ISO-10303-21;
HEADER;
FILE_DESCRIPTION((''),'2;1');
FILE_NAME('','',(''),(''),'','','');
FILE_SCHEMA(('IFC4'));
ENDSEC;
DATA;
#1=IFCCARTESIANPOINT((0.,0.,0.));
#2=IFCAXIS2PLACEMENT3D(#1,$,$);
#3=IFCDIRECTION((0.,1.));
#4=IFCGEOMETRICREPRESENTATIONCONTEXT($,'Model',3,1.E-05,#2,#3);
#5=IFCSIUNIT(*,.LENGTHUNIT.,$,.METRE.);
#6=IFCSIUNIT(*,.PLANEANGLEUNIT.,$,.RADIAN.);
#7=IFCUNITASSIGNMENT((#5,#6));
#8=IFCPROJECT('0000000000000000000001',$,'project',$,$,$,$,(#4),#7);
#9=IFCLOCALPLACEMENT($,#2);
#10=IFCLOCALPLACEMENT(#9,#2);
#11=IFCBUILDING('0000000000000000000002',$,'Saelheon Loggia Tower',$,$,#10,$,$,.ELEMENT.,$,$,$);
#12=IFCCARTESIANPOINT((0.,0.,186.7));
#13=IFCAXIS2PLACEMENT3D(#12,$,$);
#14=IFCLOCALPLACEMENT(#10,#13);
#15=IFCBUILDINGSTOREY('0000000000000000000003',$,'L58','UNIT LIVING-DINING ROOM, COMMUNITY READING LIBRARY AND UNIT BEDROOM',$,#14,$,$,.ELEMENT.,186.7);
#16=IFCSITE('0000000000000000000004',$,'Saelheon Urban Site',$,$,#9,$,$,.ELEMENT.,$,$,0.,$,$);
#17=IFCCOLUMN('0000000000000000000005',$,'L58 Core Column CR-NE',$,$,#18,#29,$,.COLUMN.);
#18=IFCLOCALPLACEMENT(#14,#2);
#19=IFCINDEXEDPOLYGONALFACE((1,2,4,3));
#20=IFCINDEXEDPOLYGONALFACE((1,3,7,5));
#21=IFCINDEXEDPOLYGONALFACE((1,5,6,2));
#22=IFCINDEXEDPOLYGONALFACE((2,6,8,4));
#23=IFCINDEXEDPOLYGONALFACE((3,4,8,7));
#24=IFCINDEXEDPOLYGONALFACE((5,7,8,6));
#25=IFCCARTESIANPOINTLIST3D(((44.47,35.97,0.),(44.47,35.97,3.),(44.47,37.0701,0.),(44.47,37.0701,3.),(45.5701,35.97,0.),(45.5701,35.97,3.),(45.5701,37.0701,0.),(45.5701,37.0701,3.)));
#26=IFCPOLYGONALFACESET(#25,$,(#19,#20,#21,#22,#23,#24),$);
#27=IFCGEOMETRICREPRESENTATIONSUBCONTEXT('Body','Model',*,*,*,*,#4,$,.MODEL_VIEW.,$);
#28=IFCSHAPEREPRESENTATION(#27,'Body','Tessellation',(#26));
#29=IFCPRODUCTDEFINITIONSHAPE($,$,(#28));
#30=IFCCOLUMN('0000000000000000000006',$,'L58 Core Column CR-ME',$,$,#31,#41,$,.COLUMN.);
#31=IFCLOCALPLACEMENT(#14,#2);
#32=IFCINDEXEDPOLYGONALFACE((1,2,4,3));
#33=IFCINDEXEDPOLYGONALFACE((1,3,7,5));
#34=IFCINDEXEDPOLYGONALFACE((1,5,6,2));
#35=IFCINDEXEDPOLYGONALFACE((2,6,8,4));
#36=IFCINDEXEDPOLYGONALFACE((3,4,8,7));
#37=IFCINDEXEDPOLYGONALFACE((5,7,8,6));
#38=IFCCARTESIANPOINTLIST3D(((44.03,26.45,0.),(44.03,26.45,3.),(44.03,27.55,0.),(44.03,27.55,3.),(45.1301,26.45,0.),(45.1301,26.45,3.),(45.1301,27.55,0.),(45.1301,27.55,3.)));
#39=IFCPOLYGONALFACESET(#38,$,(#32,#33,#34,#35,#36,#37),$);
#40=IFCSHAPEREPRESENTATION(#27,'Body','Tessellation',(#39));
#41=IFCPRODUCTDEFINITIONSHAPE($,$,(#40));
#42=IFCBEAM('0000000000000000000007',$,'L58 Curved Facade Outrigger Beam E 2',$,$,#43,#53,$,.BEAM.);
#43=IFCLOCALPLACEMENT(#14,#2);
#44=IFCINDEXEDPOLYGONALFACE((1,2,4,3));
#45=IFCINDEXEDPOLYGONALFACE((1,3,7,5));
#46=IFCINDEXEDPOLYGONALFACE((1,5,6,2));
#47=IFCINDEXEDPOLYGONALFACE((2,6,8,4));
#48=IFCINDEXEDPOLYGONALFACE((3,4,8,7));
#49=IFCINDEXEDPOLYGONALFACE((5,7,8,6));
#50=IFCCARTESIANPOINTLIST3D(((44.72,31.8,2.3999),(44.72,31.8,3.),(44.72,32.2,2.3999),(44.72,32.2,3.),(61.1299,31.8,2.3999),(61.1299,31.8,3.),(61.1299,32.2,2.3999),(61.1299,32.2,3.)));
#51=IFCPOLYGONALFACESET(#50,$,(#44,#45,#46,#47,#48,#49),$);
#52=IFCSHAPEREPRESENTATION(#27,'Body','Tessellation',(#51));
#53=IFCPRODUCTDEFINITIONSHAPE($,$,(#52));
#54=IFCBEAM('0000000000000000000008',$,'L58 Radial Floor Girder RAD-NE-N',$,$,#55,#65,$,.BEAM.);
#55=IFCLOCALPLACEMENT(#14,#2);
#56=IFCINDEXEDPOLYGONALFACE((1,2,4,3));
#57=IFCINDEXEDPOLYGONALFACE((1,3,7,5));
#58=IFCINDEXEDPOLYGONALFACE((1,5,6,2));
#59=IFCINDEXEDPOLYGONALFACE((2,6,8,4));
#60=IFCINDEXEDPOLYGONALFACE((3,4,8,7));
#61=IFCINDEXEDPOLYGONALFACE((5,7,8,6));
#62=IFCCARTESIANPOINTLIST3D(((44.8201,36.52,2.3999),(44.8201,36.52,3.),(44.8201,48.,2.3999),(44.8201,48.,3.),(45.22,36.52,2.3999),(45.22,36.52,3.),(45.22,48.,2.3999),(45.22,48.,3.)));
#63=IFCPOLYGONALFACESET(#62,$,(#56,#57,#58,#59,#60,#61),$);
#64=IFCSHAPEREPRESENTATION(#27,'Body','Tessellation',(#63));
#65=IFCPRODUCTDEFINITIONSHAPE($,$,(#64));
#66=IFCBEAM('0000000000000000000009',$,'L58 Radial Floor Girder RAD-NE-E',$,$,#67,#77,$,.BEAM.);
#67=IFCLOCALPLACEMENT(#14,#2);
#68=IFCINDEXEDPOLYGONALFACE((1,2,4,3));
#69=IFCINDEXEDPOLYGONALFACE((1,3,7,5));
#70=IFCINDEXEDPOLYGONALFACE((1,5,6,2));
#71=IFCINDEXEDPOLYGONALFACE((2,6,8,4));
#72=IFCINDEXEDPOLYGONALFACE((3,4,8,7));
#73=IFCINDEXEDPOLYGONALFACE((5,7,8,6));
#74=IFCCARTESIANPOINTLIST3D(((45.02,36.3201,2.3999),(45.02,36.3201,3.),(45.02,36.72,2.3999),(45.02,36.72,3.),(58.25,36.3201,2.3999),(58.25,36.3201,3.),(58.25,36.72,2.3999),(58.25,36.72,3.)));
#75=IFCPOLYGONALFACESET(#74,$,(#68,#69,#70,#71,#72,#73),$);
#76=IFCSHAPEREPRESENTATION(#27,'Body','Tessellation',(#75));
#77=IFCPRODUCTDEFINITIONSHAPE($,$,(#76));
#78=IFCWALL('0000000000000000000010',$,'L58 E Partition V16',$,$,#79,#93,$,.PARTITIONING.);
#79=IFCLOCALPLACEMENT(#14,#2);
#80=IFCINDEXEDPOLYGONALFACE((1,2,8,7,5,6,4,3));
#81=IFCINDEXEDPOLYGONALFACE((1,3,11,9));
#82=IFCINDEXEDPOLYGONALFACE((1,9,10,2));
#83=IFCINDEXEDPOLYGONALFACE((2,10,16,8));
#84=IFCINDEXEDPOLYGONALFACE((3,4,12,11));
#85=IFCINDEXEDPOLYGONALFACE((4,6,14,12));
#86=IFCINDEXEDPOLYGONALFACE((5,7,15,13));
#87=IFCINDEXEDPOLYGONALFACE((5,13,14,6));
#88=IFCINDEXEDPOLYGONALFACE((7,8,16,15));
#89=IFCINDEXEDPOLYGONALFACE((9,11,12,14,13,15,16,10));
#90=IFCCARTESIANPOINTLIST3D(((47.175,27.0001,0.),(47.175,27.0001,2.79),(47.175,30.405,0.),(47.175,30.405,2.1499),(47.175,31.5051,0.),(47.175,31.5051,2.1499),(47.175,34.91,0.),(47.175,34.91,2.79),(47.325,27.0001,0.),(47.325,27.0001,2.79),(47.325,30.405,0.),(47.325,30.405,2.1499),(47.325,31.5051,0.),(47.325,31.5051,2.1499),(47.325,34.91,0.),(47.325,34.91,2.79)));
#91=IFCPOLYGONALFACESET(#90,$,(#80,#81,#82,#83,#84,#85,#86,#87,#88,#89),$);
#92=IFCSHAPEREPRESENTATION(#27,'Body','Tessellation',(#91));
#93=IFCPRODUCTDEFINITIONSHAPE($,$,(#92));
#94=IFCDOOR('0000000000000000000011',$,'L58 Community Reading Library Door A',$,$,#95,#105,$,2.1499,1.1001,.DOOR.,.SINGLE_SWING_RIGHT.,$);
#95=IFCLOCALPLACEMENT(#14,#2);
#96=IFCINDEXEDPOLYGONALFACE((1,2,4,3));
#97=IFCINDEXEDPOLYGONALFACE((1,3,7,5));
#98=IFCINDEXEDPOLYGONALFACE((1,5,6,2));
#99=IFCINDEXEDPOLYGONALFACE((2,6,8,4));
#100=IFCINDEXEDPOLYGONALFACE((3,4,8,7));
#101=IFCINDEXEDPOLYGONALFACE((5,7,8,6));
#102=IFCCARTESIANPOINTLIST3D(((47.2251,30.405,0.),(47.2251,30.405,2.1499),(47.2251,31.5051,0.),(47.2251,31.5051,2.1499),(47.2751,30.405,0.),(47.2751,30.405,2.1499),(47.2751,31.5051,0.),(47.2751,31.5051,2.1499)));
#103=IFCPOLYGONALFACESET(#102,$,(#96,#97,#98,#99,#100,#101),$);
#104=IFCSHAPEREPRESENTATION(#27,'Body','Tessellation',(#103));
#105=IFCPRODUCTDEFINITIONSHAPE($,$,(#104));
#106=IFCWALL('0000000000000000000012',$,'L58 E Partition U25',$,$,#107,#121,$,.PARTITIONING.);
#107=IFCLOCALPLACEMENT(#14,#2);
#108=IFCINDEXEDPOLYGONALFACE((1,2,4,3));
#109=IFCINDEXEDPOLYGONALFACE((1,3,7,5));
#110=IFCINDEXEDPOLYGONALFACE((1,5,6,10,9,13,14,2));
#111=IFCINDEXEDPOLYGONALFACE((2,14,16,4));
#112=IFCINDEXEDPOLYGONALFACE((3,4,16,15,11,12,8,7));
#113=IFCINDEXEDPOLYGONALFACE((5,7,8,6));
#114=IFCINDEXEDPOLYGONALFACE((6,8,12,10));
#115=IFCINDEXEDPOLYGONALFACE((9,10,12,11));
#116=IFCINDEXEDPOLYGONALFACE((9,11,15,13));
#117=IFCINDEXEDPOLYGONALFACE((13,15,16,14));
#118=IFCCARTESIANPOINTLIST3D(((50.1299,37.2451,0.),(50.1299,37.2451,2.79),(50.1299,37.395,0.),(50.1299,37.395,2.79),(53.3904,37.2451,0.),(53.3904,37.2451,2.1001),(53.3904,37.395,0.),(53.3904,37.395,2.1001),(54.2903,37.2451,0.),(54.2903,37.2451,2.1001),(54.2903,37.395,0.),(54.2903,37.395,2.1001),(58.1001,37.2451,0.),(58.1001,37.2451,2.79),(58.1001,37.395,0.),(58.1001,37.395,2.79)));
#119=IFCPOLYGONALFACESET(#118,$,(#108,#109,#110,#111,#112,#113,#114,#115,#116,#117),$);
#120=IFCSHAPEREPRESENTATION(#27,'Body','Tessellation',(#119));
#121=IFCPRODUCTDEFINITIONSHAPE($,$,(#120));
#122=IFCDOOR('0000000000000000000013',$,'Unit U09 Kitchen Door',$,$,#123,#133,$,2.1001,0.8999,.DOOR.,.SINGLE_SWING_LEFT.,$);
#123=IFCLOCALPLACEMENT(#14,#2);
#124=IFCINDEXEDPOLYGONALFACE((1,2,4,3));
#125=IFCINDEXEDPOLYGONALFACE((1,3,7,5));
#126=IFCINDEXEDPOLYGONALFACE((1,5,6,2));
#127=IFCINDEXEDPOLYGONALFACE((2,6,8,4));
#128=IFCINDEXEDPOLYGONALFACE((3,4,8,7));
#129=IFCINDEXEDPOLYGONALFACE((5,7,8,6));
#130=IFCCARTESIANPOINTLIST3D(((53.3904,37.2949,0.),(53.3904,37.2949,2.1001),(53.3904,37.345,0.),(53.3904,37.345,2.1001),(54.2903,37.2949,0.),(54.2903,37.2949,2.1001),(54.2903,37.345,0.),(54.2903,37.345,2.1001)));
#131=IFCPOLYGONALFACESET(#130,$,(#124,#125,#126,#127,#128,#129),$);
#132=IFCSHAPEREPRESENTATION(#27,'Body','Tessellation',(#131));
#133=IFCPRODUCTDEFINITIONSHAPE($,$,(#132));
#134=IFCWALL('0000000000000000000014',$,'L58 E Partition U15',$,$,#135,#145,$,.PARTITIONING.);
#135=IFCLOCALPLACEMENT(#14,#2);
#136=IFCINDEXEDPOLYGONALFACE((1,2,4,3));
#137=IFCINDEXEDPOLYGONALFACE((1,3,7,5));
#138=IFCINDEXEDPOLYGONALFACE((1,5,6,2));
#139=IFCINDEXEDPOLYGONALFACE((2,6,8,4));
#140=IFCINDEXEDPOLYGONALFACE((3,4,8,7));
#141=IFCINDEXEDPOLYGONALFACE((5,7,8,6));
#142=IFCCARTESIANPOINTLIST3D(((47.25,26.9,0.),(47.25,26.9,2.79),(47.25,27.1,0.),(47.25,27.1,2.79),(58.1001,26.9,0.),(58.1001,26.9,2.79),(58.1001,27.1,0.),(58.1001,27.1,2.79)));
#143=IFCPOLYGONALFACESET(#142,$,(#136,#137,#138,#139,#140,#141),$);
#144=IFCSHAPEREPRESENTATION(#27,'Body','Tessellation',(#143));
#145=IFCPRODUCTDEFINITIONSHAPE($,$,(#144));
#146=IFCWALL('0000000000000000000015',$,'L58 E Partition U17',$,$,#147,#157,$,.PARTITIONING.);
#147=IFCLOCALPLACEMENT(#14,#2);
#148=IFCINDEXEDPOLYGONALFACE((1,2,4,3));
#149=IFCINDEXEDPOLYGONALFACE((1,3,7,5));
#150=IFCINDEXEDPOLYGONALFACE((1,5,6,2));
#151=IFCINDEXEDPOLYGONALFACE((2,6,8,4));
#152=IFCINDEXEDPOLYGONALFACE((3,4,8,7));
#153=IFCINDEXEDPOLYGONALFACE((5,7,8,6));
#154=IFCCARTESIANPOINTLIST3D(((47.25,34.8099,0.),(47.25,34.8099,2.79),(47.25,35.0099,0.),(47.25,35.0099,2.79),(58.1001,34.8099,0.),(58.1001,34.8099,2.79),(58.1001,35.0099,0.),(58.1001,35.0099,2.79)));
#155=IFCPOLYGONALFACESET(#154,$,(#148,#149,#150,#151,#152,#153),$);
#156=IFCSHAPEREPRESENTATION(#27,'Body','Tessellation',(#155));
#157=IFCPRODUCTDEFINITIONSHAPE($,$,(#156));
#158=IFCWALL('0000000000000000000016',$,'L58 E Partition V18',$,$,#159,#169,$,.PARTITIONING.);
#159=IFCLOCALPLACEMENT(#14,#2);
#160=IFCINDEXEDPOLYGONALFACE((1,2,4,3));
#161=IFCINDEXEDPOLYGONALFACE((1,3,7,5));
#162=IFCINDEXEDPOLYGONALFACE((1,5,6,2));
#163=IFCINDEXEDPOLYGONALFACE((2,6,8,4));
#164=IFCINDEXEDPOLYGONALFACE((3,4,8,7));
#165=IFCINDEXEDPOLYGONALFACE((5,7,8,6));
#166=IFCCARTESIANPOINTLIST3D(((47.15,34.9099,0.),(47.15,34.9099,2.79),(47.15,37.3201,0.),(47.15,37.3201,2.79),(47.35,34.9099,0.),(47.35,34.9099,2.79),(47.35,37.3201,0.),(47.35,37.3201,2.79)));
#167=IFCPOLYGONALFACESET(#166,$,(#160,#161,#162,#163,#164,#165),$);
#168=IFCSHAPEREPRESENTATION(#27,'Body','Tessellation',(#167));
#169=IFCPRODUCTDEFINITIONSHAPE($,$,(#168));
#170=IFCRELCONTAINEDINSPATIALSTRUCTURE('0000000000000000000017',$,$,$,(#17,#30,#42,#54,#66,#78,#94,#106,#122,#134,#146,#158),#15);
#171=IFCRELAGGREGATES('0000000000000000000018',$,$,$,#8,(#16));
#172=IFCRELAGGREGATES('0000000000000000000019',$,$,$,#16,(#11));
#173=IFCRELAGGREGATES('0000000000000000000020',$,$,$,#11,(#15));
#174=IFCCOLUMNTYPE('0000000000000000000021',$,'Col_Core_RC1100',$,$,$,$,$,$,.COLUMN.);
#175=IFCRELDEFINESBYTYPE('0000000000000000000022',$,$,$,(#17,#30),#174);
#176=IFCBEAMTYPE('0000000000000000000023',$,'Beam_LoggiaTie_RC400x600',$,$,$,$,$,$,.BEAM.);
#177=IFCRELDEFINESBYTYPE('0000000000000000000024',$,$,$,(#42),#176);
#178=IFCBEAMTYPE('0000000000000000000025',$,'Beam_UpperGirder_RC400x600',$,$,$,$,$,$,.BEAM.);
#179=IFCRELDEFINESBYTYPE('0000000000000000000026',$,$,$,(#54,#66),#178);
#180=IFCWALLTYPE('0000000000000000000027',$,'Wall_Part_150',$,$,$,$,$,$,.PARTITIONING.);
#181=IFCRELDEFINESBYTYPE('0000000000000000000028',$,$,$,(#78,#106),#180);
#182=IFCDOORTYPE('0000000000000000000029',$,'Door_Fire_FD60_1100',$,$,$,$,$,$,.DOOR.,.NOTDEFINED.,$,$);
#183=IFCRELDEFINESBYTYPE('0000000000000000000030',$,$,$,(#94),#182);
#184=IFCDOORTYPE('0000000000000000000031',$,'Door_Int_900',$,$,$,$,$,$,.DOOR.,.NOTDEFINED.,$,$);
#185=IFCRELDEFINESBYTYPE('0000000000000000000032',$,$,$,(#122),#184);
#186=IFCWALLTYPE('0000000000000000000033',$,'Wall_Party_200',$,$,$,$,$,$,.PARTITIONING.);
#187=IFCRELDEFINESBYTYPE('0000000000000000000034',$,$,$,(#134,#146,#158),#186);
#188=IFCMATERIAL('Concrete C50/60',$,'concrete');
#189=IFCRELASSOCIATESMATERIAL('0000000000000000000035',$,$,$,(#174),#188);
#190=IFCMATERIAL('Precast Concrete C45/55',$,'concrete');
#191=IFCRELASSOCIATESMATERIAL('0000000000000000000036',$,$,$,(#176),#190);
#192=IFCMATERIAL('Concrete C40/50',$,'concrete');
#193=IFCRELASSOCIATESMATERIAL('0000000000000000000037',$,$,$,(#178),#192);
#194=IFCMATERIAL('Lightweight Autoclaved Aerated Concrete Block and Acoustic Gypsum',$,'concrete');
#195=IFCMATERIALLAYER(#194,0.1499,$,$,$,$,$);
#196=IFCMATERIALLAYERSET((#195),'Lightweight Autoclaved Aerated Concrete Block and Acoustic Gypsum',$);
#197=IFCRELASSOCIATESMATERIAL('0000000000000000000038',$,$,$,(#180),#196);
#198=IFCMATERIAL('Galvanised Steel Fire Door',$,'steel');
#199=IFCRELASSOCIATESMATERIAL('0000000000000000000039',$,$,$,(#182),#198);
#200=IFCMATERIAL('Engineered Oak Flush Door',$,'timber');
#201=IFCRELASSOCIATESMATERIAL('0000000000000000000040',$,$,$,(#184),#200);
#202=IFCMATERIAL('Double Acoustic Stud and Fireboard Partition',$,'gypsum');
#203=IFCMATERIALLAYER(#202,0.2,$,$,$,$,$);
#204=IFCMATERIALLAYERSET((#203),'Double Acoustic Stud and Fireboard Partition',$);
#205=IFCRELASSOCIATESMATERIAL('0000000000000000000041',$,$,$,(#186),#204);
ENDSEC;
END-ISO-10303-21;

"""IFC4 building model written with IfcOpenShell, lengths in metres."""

from ifc_helpers import new_model, si_unit, direction, frame, frame_2d, origin, origin_2d, place, context, subcontext, project, spatial, rectangle, extrude, source, transform, mapped, material, layer, layer_set, material_profile, profile_set, type_object, element, fill, save


model = new_model("IFC4")

# Units and contexts
model_context = context("Model", 3, precision=1e-05, world=origin(), true_north=direction((0.0, 1.0)))
body_context = subcontext(model_context, "Body", "Model", "MODEL_VIEW")
ifc_project = project(units=[si_unit("LENGTHUNIT", "METRE"), si_unit("PLANEANGLEUNIT", "RADIAN")], contexts=[model_context])

# Site, building, storey
site_placement = place(None, origin())
site = spatial("IfcSite", under=ifc_project, at=site_placement, Name="Saelheon Urban Site", CompositionType="ELEMENT", RefElevation=0.0)
building_placement = place(site_placement, origin())
building = spatial("IfcBuilding", under=site, at=building_placement, Name="Saelheon Loggia Tower", CompositionType="ELEMENT")
storey_placement = place(building_placement, frame((0.0, 0.0, 186.7)))
storey = spatial("IfcBuildingStorey", under=building, at=storey_placement, Name="L58", Description="UNIT LIVING-DINING ROOM, COMMUNITY READING LIBRARY AND UNIT BEDROOM", CompositionType="ELEMENT", Elevation=186.7)

# Columns
ifc_material_1 = material(Name="Concrete C50/60", Category="concrete")
ifc_material_profile_1 = material_profile(ifc_material_1, rectangle(XDim=1.1001, YDim=1.1001, at=origin_2d()), Name="RC-1100x1100")
ifc_profile_set_1 = profile_set([ifc_material_profile_1], Name="Concrete C50/60")
column_type = type_object("IfcColumnType", Name="Col_Core_RC1100", PredefinedType="COLUMN", material=ifc_profile_set_1)
shared_shape_1 = source(origin(), body_context, "Body", "SweptSolid", [
    extrude(rectangle(XDim=1.1001, YDim=1.1001, at=origin_2d()), origin(), (0.0, 0.0, 1.0), 3.0),
])
for number, where, z_axis, x_axis, name in (
    (1, (45.02, 36.52, 0.0), (0.0, 0.0, 1.0), (1.0, 0.0, 0.0), "L58 Core Column CR-NE"),
    (2, (44.5801, 27.0, 0.0), (0.0, 0.0, 1.0), (1.0, 0.0, 0.0), "L58 Core Column CR-ME"),
):
    element("IfcColumn", number, at=place(storey_placement, frame(where, z_axis=z_axis, x_axis=x_axis)), inside=storey, type_object=column_type, Name=name, PredefinedType="COLUMN", context=body_context, shape_type="MappedRepresentation", body=[
        mapped(shared_shape_1, transform((0.0, 0.0, 0.0), scale=1.0)),
    ])

# Beams
ifc_material_2 = material(Name="Precast Concrete C45/55", Category="concrete")
ifc_material_profile_2 = material_profile(ifc_material_2, rectangle(XDim=0.3999, YDim=0.6001, at=origin_2d()), Name="RC-400x600")
ifc_profile_set_2 = profile_set([ifc_material_profile_2], Name="Precast Concrete C45/55")
beam_type_1 = type_object("IfcBeamType", Name="Beam_LoggiaTie_RC400x600", PredefinedType="BEAM", material=ifc_profile_set_2)
shared_shape_2 = source(origin(), body_context, "Body", "SweptSolid", [
    extrude(rectangle(XDim=0.3999, YDim=0.6001, at=origin_2d()), origin(), (0.0, 0.0, 1.0), 16.4099),
])
beam_1_placement = place(storey_placement, frame((44.72, 32.0, 2.7), z_axis=(1.0, 0.0, 0.0), x_axis=(0.0, 1.0, 0.0)))
element("IfcBeam", 3, at=beam_1_placement, inside=storey, type_object=beam_type_1, Name="L58 Curved Facade Outrigger Beam E 2", PredefinedType="BEAM", context=body_context, shape_type="MappedRepresentation", body=[
    mapped(shared_shape_2, transform((0.0, 0.0, 0.0), scale=1.0)),
])
ifc_material_3 = material(Name="Concrete C40/50", Category="concrete")
ifc_material_profile_3 = material_profile(ifc_material_3, rectangle(XDim=0.3999, YDim=0.6001, at=origin_2d()), Name="RC-400x600")
ifc_profile_set_3 = profile_set([ifc_material_profile_3], Name="Concrete C40/50")
beam_type_2 = type_object("IfcBeamType", Name="Beam_UpperGirder_RC400x600", PredefinedType="BEAM", material=ifc_profile_set_3)
shared_shape_3 = source(origin(), body_context, "Body", "SweptSolid", [
    extrude(rectangle(XDim=0.3999, YDim=0.6001, at=origin_2d()), origin(), (0.0, 0.0, 1.0), 11.48),
])
beam_2_placement = place(storey_placement, frame((45.02, 36.52, 2.7), z_axis=(0.0, 1.0, 0.0), x_axis=(-1.0, 0.0, 0.0)))
element("IfcBeam", 4, at=beam_2_placement, inside=storey, type_object=beam_type_2, Name="L58 Radial Floor Girder RAD-NE-N", PredefinedType="BEAM", context=body_context, shape_type="MappedRepresentation", body=[
    mapped(shared_shape_3, transform((0.0, 0.0, 0.0), scale=1.0)),
])
shared_shape_4 = source(origin(), body_context, "Body", "SweptSolid", [
    extrude(rectangle(XDim=0.3999, YDim=0.6001, at=origin_2d()), origin(), (0.0, 0.0, 1.0), 13.23),
])
beam_3_placement = place(storey_placement, frame((45.02, 36.52, 2.7), z_axis=(1.0, 0.0, 0.0), x_axis=(0.0, 1.0, 0.0)))
element("IfcBeam", 5, at=beam_3_placement, inside=storey, type_object=beam_type_2, Name="L58 Radial Floor Girder RAD-NE-E", PredefinedType="BEAM", context=body_context, shape_type="MappedRepresentation", body=[
    mapped(shared_shape_4, transform((0.0, 0.0, 0.0), scale=1.0)),
])

# Walls, openings, doors
ifc_material_4 = material(Name="Lightweight Autoclaved Aerated Concrete Block and Acoustic Gypsum", Category="concrete")
ifc_layer_1 = layer(ifc_material_4, 0.1499)
ifc_layer_set_1 = layer_set([ifc_layer_1], Name="Lightweight Autoclaved Aerated Concrete Block and Acoustic Gypsum")
wall_type_1 = type_object("IfcWallType", Name="Wall_Part_150", PredefinedType="PARTITIONING", material=ifc_layer_set_1)
wall_1_placement = place(storey_placement, frame((47.25, 27.0, 0.0), z_axis=(0.0, 0.0, 1.0), x_axis=(0.0, 1.0, 0.0)))
wall_1 = element("IfcWall", 6, at=wall_1_placement, inside=storey, type_object=wall_type_1, Name="L58 E Partition V16", PredefinedType="PARTITIONING", context=body_context, shape_type="SweptSolid", body=[
    extrude(rectangle(XDim=7.9099, YDim=0.1499, at=frame_2d((3.9551, 0.0))), origin(), (0.0, 0.0, 1.0), 2.79),
])
opening_1_placement = place(wall_1_placement, frame((3.405, 0.0, 0.0)))
opening_1 = element("IfcOpeningElement", 7, at=opening_1_placement, cuts=wall_1, PredefinedType="OPENING", context=body_context, shape_type="SweptSolid", body=[
    extrude(rectangle(XDim=1.1001, YDim=2.1499, at=frame_2d((0.55, 1.075))), frame((0.0, 0.0869, 0.0), z_axis=(0.0, -1.0, 0.0), x_axis=(1.0, 0.0, 0.0)), (0.0, 0.0, 1.0), 0.1738),
])
ifc_material_5 = material(Name="Galvanised Steel Fire Door", Category="steel")
door_type_1 = type_object("IfcDoorType", Name="Door_Fire_FD60_1100", OperationType="NOTDEFINED", PredefinedType="DOOR", material=ifc_material_5)
shared_shape_5 = source(origin(), body_context, "Body", "SweptSolid", [
    extrude(rectangle(XDim=1.1001, YDim=2.1499, at=frame_2d((0.55, 1.075))), frame((0.0, 0.0249, 0.0), z_axis=(0.0, -1.0, 0.0), x_axis=(1.0, 0.0, 0.0)), (0.0, 0.0, 1.0), 0.05),
])
door_1_placement = place(opening_1_placement, origin())
door_1 = element("IfcDoor", 8, at=door_1_placement, inside=storey, type_object=door_type_1, Name="L58 Community Reading Library Door A", OperationType="SINGLE_SWING_RIGHT", OverallHeight=2.1499, OverallWidth=1.1001, PredefinedType="DOOR", context=body_context, shape_type="MappedRepresentation", body=[
    mapped(shared_shape_5, transform((0.0, 0.0, 0.0), scale=1.0)),
])
fill(opening_1, door_1)
wall_2_placement = place(storey_placement, frame((50.1299, 37.3201, 0.0), z_axis=(0.0, 0.0, 1.0), x_axis=(1.0, 0.0, 0.0)))
wall_2 = element("IfcWall", 9, at=wall_2_placement, inside=storey, type_object=wall_type_1, Name="L58 E Partition U25", PredefinedType="PARTITIONING", context=body_context, shape_type="SweptSolid", body=[
    extrude(rectangle(XDim=7.9702, YDim=0.1499, at=frame_2d((3.9851, 0.0))), origin(), (0.0, 0.0, 1.0), 2.79),
])
opening_2_placement = place(wall_2_placement, frame((3.2605, 0.0, 0.0)))
opening_2 = element("IfcOpeningElement", 10, at=opening_2_placement, cuts=wall_2, PredefinedType="OPENING", context=body_context, shape_type="SweptSolid", body=[
    extrude(rectangle(XDim=0.8999, YDim=2.1001, at=frame_2d((0.45, 1.05))), frame((0.0, 0.0869, 0.0), z_axis=(0.0, -1.0, 0.0), x_axis=(1.0, 0.0, 0.0)), (0.0, 0.0, 1.0), 0.1738),
])
ifc_material_6 = material(Name="Engineered Oak Flush Door", Category="timber")
door_type_2 = type_object("IfcDoorType", Name="Door_Int_900", OperationType="NOTDEFINED", PredefinedType="DOOR", material=ifc_material_6)
shared_shape_6 = source(origin(), body_context, "Body", "SweptSolid", [
    extrude(rectangle(XDim=0.8999, YDim=2.1001, at=frame_2d((0.45, 1.05))), frame((0.0, 0.0249, 0.0), z_axis=(0.0, -1.0, 0.0), x_axis=(1.0, 0.0, 0.0)), (0.0, 0.0, 1.0), 0.05),
])
door_2_placement = place(opening_2_placement, origin())
door_2 = element("IfcDoor", 11, at=door_2_placement, inside=storey, type_object=door_type_2, Name="Unit U09 Kitchen Door", OperationType="SINGLE_SWING_LEFT", OverallHeight=2.1001, OverallWidth=0.8999, PredefinedType="DOOR", context=body_context, shape_type="MappedRepresentation", body=[
    mapped(shared_shape_6, transform((0.0, 0.0, 0.0), scale=1.0)),
])
fill(opening_2, door_2)
ifc_material_7 = material(Name="Double Acoustic Stud and Fireboard Partition", Category="gypsum")
ifc_layer_2 = layer(ifc_material_7, 0.2)
ifc_layer_set_2 = layer_set([ifc_layer_2], Name="Double Acoustic Stud and Fireboard Partition")
wall_type_2 = type_object("IfcWallType", Name="Wall_Party_200", PredefinedType="PARTITIONING", material=ifc_layer_set_2)

# Walls
for number, where, z_axis, x_axis, name in (
    (12, (47.25, 27.0, 0.0), (0.0, 0.0, 1.0), (1.0, 0.0, 0.0), "L58 E Partition U15"),
    (13, (47.25, 34.9099, 0.0), (0.0, 0.0, 1.0), (1.0, 0.0, 0.0), "L58 E Partition U17"),
):
    element("IfcWall", number, at=place(storey_placement, frame(where, z_axis=z_axis, x_axis=x_axis)), inside=storey, type_object=wall_type_2, Name=name, PredefinedType="PARTITIONING", context=body_context, shape_type="SweptSolid", body=[
        extrude(rectangle(XDim=10.8501, YDim=0.2, at=frame_2d((5.425, 0.0))), origin(), (0.0, 0.0, 1.0), 2.79),
    ])
wall_3_placement = place(storey_placement, frame((47.25, 34.9099, 0.0), z_axis=(0.0, 0.0, 1.0), x_axis=(0.0, 1.0, 0.0)))
element("IfcWall", 14, at=wall_3_placement, inside=storey, type_object=wall_type_2, Name="L58 E Partition V18", PredefinedType="PARTITIONING", context=body_context, shape_type="SweptSolid", body=[
    extrude(rectangle(XDim=2.4102, YDim=0.2, at=frame_2d((1.2051, 0.0))), origin(), (0.0, 0.0, 1.0), 2.79),
])

save(model, "model.ifc")
